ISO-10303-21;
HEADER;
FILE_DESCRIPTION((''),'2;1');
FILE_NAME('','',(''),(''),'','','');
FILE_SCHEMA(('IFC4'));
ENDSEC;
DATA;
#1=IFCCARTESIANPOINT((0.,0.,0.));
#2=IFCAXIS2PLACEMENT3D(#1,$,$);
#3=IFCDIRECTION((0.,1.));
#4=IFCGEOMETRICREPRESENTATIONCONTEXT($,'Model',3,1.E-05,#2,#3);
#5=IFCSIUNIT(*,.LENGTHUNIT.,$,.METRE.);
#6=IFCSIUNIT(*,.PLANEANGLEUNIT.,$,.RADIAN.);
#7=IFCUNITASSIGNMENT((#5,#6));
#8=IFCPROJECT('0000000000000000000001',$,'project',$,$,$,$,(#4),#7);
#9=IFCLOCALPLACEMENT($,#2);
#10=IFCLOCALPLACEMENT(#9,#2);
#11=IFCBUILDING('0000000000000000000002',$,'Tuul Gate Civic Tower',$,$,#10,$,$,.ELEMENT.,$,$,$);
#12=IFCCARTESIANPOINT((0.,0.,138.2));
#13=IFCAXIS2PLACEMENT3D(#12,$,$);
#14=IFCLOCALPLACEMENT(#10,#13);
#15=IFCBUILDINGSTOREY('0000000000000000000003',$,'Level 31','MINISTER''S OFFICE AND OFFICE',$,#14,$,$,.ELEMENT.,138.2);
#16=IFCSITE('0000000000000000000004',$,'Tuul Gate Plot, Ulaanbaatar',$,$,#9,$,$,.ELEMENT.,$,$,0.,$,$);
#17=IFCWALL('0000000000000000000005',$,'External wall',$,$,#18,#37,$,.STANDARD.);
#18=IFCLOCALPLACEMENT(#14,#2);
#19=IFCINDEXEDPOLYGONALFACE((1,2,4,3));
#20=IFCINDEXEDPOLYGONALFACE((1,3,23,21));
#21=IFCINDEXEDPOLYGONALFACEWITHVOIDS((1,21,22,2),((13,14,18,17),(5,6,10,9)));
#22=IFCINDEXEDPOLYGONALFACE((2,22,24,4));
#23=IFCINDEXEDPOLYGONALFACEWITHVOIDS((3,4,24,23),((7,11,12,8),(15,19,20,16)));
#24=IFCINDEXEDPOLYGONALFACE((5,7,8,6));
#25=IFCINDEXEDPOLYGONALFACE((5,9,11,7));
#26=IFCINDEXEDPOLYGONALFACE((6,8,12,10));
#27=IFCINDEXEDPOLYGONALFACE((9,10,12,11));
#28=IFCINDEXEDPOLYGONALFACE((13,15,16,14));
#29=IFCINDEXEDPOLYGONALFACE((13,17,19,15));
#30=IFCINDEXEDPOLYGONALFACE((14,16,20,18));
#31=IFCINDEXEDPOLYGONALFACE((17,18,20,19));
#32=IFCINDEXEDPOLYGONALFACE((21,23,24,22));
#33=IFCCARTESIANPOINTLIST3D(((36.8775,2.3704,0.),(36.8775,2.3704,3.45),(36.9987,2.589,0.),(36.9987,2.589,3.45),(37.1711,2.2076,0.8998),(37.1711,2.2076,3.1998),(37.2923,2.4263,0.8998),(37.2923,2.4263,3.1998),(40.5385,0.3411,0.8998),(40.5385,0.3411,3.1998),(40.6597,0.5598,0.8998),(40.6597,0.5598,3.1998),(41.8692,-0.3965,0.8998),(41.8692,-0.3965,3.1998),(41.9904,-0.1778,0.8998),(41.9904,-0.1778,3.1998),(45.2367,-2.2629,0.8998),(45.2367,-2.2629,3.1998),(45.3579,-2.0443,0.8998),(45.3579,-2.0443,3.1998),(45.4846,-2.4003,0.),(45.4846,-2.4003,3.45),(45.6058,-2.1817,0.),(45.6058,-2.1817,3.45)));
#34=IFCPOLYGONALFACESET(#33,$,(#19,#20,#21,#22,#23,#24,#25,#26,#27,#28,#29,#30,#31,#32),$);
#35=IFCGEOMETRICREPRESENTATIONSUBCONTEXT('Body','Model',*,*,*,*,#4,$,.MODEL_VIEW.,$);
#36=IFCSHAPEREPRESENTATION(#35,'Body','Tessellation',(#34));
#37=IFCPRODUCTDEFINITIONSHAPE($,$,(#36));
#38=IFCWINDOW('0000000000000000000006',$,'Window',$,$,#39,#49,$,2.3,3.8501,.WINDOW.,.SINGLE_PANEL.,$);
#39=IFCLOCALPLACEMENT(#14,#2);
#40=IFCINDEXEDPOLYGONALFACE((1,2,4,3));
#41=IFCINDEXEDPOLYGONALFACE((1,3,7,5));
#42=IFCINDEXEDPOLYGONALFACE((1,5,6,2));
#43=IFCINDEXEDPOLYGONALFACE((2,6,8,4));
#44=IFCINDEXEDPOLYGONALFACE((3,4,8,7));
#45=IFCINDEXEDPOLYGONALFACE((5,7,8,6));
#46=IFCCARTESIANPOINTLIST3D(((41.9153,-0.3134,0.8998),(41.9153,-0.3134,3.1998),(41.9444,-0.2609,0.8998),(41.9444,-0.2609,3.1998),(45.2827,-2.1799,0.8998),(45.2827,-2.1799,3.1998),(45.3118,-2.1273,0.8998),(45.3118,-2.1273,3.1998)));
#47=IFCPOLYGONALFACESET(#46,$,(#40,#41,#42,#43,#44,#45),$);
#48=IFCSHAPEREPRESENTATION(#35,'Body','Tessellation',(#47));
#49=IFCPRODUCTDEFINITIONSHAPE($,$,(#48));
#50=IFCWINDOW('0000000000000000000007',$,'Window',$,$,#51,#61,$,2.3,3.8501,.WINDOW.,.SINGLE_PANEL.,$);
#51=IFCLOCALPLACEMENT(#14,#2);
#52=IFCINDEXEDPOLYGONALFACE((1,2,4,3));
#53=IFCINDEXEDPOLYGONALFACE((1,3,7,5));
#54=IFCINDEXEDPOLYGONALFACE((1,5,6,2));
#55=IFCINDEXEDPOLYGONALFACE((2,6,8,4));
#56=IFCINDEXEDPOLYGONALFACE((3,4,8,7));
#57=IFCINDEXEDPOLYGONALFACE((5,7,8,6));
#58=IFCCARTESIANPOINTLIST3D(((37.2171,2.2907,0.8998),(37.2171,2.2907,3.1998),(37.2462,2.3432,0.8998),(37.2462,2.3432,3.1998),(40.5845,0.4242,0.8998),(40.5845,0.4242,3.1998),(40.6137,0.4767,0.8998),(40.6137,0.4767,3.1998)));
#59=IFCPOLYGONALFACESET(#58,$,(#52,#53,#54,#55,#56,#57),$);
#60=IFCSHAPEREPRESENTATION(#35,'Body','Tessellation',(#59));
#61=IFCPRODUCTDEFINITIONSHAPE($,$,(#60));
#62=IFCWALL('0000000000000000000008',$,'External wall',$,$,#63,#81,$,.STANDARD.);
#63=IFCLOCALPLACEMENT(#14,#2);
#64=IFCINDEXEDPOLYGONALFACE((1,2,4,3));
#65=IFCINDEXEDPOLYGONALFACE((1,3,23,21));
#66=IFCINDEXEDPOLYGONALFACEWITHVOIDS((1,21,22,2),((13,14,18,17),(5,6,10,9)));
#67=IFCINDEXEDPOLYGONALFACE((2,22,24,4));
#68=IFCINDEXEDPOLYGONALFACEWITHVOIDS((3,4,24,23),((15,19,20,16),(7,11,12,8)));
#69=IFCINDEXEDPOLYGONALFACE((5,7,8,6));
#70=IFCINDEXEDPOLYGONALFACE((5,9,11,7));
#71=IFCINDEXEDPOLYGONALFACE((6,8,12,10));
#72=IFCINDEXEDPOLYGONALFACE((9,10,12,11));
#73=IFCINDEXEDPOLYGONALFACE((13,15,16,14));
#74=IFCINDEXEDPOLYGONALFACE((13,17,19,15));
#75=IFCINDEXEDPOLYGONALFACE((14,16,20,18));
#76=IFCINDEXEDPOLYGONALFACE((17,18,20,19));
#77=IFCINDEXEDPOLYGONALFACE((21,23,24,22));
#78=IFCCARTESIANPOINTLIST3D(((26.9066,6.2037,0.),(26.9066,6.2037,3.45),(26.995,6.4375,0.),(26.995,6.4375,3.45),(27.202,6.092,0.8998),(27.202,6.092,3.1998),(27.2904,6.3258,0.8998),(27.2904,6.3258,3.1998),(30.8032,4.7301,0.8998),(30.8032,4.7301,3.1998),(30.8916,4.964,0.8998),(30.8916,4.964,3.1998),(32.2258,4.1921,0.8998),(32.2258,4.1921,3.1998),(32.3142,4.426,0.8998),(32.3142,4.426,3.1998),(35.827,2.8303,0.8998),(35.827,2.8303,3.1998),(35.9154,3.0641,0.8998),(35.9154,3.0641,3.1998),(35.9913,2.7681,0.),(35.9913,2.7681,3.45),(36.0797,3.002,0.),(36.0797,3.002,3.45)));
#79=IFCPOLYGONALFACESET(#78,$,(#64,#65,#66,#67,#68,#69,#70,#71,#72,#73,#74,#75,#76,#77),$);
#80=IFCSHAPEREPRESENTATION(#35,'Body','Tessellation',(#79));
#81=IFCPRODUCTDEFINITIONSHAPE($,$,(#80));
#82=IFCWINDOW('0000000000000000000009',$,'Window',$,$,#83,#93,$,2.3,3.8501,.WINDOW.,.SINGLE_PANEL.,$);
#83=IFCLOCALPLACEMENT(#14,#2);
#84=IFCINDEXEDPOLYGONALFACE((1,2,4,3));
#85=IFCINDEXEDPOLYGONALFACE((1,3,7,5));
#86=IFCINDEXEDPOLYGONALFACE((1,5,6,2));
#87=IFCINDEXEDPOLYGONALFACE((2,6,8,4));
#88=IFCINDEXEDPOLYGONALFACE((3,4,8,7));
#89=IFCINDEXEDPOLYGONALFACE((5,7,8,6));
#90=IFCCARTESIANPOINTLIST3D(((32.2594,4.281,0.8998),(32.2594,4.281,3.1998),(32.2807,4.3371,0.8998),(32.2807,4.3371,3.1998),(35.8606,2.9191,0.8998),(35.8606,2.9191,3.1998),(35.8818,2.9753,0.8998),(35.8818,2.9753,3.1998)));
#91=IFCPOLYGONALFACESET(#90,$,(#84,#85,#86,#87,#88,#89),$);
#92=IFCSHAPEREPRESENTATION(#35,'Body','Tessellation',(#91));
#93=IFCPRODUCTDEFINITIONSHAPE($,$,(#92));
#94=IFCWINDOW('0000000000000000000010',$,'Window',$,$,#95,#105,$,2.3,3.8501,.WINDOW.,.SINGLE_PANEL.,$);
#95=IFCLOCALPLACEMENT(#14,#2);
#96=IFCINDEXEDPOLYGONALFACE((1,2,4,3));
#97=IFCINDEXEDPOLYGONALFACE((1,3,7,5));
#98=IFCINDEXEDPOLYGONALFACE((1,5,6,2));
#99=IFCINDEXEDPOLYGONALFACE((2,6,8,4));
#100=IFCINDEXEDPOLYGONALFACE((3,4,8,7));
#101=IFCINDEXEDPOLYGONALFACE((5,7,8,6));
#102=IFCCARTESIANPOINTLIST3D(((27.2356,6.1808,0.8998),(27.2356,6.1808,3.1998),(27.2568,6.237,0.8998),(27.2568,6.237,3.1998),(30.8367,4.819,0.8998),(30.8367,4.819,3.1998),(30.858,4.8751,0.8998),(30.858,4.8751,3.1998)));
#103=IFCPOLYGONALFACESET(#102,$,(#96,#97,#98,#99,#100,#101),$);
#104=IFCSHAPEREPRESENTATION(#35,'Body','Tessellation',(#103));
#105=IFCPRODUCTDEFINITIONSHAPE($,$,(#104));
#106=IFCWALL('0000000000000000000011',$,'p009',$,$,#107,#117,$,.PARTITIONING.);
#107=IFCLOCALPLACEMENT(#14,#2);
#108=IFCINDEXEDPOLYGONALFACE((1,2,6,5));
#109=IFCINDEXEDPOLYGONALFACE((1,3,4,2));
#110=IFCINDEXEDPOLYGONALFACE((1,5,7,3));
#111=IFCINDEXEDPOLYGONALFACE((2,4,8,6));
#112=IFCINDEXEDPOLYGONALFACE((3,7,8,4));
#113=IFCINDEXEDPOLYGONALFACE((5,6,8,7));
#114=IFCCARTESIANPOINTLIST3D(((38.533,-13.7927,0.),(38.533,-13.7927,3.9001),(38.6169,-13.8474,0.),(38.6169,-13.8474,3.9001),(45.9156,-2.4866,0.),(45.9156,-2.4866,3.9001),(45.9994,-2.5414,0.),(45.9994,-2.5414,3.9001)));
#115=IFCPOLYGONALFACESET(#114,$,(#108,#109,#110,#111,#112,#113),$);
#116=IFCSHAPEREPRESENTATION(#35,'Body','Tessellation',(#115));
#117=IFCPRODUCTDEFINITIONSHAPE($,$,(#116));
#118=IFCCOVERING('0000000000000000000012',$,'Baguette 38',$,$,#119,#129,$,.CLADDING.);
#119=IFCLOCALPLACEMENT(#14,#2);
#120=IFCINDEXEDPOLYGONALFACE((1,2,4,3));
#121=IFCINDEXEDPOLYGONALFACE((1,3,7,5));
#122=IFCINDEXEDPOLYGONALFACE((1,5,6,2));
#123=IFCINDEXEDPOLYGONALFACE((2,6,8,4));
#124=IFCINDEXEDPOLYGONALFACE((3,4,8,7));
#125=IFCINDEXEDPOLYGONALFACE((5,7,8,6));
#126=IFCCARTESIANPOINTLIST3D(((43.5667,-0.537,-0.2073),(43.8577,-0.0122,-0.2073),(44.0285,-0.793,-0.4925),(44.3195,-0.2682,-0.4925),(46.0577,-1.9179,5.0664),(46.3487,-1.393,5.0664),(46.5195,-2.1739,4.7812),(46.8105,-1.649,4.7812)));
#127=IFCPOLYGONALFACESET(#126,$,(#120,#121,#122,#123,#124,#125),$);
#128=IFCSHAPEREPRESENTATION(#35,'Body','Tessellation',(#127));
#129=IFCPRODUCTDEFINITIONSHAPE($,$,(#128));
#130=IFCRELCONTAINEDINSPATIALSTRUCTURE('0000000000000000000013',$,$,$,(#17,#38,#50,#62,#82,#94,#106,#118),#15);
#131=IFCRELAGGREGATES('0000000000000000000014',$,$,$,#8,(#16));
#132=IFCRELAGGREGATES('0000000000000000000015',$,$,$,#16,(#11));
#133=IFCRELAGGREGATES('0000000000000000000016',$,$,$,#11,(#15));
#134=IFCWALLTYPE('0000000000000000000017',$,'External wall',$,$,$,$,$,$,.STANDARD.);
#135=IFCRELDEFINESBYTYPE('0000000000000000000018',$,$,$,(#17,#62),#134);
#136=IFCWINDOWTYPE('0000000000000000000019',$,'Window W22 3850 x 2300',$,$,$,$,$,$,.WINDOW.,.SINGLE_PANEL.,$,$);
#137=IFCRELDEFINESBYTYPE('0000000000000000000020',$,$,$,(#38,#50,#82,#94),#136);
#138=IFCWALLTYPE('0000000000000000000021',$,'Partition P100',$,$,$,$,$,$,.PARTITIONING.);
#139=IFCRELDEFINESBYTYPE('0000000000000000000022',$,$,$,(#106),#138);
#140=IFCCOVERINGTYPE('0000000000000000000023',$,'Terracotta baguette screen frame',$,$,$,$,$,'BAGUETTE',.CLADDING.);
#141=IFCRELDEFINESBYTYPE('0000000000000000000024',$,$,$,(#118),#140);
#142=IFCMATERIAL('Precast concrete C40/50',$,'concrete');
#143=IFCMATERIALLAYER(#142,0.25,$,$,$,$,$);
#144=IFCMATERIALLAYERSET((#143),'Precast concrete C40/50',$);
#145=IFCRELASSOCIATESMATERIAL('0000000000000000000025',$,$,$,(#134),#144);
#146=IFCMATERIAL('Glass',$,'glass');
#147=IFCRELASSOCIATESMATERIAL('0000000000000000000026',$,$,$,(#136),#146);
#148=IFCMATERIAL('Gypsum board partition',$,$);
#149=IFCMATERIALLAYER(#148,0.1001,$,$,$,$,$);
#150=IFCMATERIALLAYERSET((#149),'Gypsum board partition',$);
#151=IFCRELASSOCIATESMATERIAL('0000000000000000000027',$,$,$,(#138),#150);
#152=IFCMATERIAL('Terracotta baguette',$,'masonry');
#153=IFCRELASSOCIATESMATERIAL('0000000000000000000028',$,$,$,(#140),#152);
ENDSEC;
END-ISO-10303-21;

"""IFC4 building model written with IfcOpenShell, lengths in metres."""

from ifc_helpers import new_model, si_unit, direction, frame, frame_2d, origin, origin_2d, place, context, subcontext, project, spatial, rectangle, extrude, material, layer, layer_set, material_profile, profile_set, type_object, element, fill, save


model = new_model("IFC4")

# Units and contexts
model_context = context("Model", 3, precision=1e-05, world=origin(), true_north=direction((0.0, 1.0)))
body_context = subcontext(model_context, "Body", "Model", "MODEL_VIEW")
ifc_project = project(units=[si_unit("LENGTHUNIT", "METRE"), si_unit("PLANEANGLEUNIT", "RADIAN")], contexts=[model_context])

# Site, building, storey
site_placement = place(None, origin())
site = spatial("IfcSite", under=ifc_project, at=site_placement, Name="Tuul Gate Plot, Ulaanbaatar", CompositionType="ELEMENT", RefElevation=0.0)
building_placement = place(site_placement, origin())
building = spatial("IfcBuilding", under=site, at=building_placement, Name="Tuul Gate Civic Tower", CompositionType="ELEMENT")
storey_placement = place(building_placement, frame((0.0, 0.0, 138.2)))
storey = spatial("IfcBuildingStorey", under=building, at=storey_placement, Name="Level 31", Description="MINISTER'S OFFICE AND OFFICE", CompositionType="ELEMENT", Elevation=138.2)

# Walls, openings, windows
ifc_material_1 = material(Name="Precast concrete C40/50", Category="concrete")
ifc_layer_1 = layer(ifc_material_1, 0.25)
ifc_layer_set_1 = layer_set([ifc_layer_1], Name="Precast concrete C40/50")
wall_type_1 = type_object("IfcWallType", Name="External wall", PredefinedType="STANDARD", material=ifc_layer_set_1)
wall_1_placement = place(storey_placement, frame((45.5452, -2.291, 0.0), z_axis=(0.0, 0.0, 1.0), x_axis=(-0.874632, 0.484787, 0.0)))
wall_1 = element("IfcWall", 1, at=wall_1_placement, inside=storey, type_object=wall_type_1, Name="External wall", PredefinedType="STANDARD", context=body_context, shape_type="SweptSolid", body=[
    extrude(rectangle(XDim=9.8408, YDim=0.25, at=frame_2d((4.9204, 0.0))), origin(), (0.0, 0.0, 1.0), 3.45),
])
opening_1_placement = place(wall_1_placement, frame((0.2834, 0.0, 0.8999)))
opening_1 = element("IfcOpeningElement", 2, at=opening_1_placement, cuts=wall_1, PredefinedType="OPENING", context=body_context, shape_type="SweptSolid", body=[
    extrude(rectangle(XDim=3.8501, YDim=2.3, at=frame_2d((1.925, 1.1499))), frame((0.0, 0.135, 0.0), z_axis=(0.0, -1.0, 0.0), x_axis=(1.0, 0.0, 0.0)), (0.0, 0.0, 1.0), 0.27),
])
opening_2_placement = place(wall_1_placement, frame((5.655, 0.0, 0.8999)))
opening_2 = element("IfcOpeningElement", 3, at=opening_2_placement, cuts=wall_1, PredefinedType="OPENING", context=body_context, shape_type="SweptSolid", body=[
    extrude(rectangle(XDim=3.8501, YDim=2.3, at=frame_2d((1.925, 1.1499))), frame((0.0, 0.135, 0.0), z_axis=(0.0, -1.0, 0.0), x_axis=(1.0, 0.0, 0.0)), (0.0, 0.0, 1.0), 0.27),
])
ifc_material_2 = material(Name="Glass", Category="glass")
window_type = type_object("IfcWindowType", Name="Window W22 3850 x 2300", PartitioningType="SINGLE_PANEL", PredefinedType="WINDOW", material=ifc_material_2)
window_1_placement = place(opening_1_placement, origin())
window_1 = element("IfcWindow", 4, at=window_1_placement, inside=storey, type_object=window_type, Name="Window", OverallHeight=2.3, OverallWidth=3.8501, PartitioningType="SINGLE_PANEL", PredefinedType="WINDOW", context=body_context, shape_type="SweptSolid", body=[
    extrude(rectangle(XDim=3.8501, YDim=2.3, at=frame_2d((1.925, 1.1499))), frame((0.0, 0.03, 0.0), z_axis=(0.0, -1.0, 0.0), x_axis=(1.0, 0.0, 0.0)), (0.0, 0.0, 1.0), 0.0601),
])
fill(opening_1, window_1)
window_2_placement = place(opening_2_placement, origin())
window_2 = element("IfcWindow", 5, at=window_2_placement, inside=storey, type_object=window_type, Name="Window", OverallHeight=2.3, OverallWidth=3.8501, PartitioningType="SINGLE_PANEL", PredefinedType="WINDOW", context=body_context, shape_type="SweptSolid", body=[
    extrude(rectangle(XDim=3.8501, YDim=2.3, at=frame_2d((1.925, 1.1499))), frame((0.0, 0.03, 0.0), z_axis=(0.0, -1.0, 0.0), x_axis=(1.0, 0.0, 0.0)), (0.0, 0.0, 1.0), 0.0601),
])
fill(opening_2, window_2)
wall_2_placement = place(storey_placement, frame((36.0356, 2.885, 0.0), z_axis=(0.0, 0.0, 1.0), x_axis=(-0.935351, 0.35372, 0.0)))
wall_2 = element("IfcWall", 6, at=wall_2_placement, inside=storey, type_object=wall_type_1, Name="External wall", PredefinedType="STANDARD", context=body_context, shape_type="SweptSolid", body=[
    extrude(rectangle(XDim=9.7126, YDim=0.25, at=frame_2d((4.8564, 0.0))), origin(), (0.0, 0.0, 1.0), 3.45),
])
opening_3_placement = place(wall_2_placement, frame((0.1758, 0.0, 0.8999)))
opening_3 = element("IfcOpeningElement", 7, at=opening_3_placement, cuts=wall_2, PredefinedType="OPENING", context=body_context, shape_type="SweptSolid", body=[
    extrude(rectangle(XDim=3.8501, YDim=2.3, at=frame_2d((1.925, 1.1499))), frame((0.0, 0.135, 0.0), z_axis=(0.0, -1.0, 0.0), x_axis=(1.0, 0.0, 0.0)), (0.0, 0.0, 1.0), 0.27),
])
opening_4_placement = place(wall_2_placement, frame((5.5469, 0.0, 0.8999)))
opening_4 = element("IfcOpeningElement", 8, at=opening_4_placement, cuts=wall_2, PredefinedType="OPENING", context=body_context, shape_type="SweptSolid", body=[
    extrude(rectangle(XDim=3.8501, YDim=2.3, at=frame_2d((1.925, 1.1499))), frame((0.0, 0.135, 0.0), z_axis=(0.0, -1.0, 0.0), x_axis=(1.0, 0.0, 0.0)), (0.0, 0.0, 1.0), 0.27),
])
window_3_placement = place(opening_3_placement, origin())
window_3 = element("IfcWindow", 9, at=window_3_placement, inside=storey, type_object=window_type, Name="Window", OverallHeight=2.3, OverallWidth=3.8501, PartitioningType="SINGLE_PANEL", PredefinedType="WINDOW", context=body_context, shape_type="SweptSolid", body=[
    extrude(rectangle(XDim=3.8501, YDim=2.3, at=frame_2d((1.925, 1.1499))), frame((0.0, 0.03, 0.0), z_axis=(0.0, -1.0, 0.0), x_axis=(1.0, 0.0, 0.0)), (0.0, 0.0, 1.0), 0.0601),
])
fill(opening_3, window_3)
window_4_placement = place(opening_4_placement, origin())
window_4 = element("IfcWindow", 10, at=window_4_placement, inside=storey, type_object=window_type, Name="Window", OverallHeight=2.3, OverallWidth=3.8501, PartitioningType="SINGLE_PANEL", PredefinedType="WINDOW", context=body_context, shape_type="SweptSolid", body=[
    extrude(rectangle(XDim=3.8501, YDim=2.3, at=frame_2d((1.925, 1.1499))), frame((0.0, 0.03, 0.0), z_axis=(0.0, -1.0, 0.0), x_axis=(1.0, 0.0, 0.0)), (0.0, 0.0, 1.0), 0.0601),
])
fill(opening_4, window_4)

# Wall
ifc_material_3 = material(Name="Gypsum board partition")
ifc_layer_2 = layer(ifc_material_3, 0.1001)
ifc_layer_set_2 = layer_set([ifc_layer_2], Name="Gypsum board partition")
wall_type_2 = type_object("IfcWallType", Name="Partition P100", PredefinedType="PARTITIONING", material=ifc_layer_set_2)
wall_3_placement = place(storey_placement, frame((38.575, -13.8201, 0.0), z_axis=(0.0, 0.0, 1.0), x_axis=(0.546735, 0.837306, 0.0)))
element("IfcWall", 11, at=wall_3_placement, inside=storey, type_object=wall_type_2, Name="p009", PredefinedType="PARTITIONING", context=body_context, shape_type="SweptSolid", body=[
    extrude(rectangle(XDim=13.5029, YDim=0.1001, at=frame_2d((6.7515, 0.0))), origin(), (0.0, 0.0, 1.0), 3.9001),
])

# Covering
ifc_material_4 = material(Name="Terracotta baguette", Category="masonry")
ifc_material_profile_1 = material_profile(ifc_material_4, rectangle(XDim=0.6001, YDim=0.6001, at=origin_2d()), Name="Terracotta baguette screen frame")
ifc_profile_set_1 = profile_set([ifc_material_profile_1], Name="Terracotta baguette")
covering_type = type_object("IfcCoveringType", Name="Terracotta baguette screen frame", ElementType="BAGUETTE", PredefinedType="CLADDING", material=ifc_profile_set_1)
covering_placement = place(storey_placement, frame((46.4341, -1.7834, 4.9238), z_axis=(-0.415603, 0.230388, -0.879883), x_axis=(-0.484835, -0.874606, 0.0)))
element("IfcCovering", 12, at=covering_placement, inside=storey, type_object=covering_type, Name="Baguette 38", PredefinedType="CLADDING", context=body_context, shape_type="SweptSolid", body=[
    extrude(rectangle(XDim=0.6001, YDim=0.6001, at=origin_2d()), origin(), (0.0, 0.0, 1.0), 5.9937),
])

save(model, "model.ifc")
